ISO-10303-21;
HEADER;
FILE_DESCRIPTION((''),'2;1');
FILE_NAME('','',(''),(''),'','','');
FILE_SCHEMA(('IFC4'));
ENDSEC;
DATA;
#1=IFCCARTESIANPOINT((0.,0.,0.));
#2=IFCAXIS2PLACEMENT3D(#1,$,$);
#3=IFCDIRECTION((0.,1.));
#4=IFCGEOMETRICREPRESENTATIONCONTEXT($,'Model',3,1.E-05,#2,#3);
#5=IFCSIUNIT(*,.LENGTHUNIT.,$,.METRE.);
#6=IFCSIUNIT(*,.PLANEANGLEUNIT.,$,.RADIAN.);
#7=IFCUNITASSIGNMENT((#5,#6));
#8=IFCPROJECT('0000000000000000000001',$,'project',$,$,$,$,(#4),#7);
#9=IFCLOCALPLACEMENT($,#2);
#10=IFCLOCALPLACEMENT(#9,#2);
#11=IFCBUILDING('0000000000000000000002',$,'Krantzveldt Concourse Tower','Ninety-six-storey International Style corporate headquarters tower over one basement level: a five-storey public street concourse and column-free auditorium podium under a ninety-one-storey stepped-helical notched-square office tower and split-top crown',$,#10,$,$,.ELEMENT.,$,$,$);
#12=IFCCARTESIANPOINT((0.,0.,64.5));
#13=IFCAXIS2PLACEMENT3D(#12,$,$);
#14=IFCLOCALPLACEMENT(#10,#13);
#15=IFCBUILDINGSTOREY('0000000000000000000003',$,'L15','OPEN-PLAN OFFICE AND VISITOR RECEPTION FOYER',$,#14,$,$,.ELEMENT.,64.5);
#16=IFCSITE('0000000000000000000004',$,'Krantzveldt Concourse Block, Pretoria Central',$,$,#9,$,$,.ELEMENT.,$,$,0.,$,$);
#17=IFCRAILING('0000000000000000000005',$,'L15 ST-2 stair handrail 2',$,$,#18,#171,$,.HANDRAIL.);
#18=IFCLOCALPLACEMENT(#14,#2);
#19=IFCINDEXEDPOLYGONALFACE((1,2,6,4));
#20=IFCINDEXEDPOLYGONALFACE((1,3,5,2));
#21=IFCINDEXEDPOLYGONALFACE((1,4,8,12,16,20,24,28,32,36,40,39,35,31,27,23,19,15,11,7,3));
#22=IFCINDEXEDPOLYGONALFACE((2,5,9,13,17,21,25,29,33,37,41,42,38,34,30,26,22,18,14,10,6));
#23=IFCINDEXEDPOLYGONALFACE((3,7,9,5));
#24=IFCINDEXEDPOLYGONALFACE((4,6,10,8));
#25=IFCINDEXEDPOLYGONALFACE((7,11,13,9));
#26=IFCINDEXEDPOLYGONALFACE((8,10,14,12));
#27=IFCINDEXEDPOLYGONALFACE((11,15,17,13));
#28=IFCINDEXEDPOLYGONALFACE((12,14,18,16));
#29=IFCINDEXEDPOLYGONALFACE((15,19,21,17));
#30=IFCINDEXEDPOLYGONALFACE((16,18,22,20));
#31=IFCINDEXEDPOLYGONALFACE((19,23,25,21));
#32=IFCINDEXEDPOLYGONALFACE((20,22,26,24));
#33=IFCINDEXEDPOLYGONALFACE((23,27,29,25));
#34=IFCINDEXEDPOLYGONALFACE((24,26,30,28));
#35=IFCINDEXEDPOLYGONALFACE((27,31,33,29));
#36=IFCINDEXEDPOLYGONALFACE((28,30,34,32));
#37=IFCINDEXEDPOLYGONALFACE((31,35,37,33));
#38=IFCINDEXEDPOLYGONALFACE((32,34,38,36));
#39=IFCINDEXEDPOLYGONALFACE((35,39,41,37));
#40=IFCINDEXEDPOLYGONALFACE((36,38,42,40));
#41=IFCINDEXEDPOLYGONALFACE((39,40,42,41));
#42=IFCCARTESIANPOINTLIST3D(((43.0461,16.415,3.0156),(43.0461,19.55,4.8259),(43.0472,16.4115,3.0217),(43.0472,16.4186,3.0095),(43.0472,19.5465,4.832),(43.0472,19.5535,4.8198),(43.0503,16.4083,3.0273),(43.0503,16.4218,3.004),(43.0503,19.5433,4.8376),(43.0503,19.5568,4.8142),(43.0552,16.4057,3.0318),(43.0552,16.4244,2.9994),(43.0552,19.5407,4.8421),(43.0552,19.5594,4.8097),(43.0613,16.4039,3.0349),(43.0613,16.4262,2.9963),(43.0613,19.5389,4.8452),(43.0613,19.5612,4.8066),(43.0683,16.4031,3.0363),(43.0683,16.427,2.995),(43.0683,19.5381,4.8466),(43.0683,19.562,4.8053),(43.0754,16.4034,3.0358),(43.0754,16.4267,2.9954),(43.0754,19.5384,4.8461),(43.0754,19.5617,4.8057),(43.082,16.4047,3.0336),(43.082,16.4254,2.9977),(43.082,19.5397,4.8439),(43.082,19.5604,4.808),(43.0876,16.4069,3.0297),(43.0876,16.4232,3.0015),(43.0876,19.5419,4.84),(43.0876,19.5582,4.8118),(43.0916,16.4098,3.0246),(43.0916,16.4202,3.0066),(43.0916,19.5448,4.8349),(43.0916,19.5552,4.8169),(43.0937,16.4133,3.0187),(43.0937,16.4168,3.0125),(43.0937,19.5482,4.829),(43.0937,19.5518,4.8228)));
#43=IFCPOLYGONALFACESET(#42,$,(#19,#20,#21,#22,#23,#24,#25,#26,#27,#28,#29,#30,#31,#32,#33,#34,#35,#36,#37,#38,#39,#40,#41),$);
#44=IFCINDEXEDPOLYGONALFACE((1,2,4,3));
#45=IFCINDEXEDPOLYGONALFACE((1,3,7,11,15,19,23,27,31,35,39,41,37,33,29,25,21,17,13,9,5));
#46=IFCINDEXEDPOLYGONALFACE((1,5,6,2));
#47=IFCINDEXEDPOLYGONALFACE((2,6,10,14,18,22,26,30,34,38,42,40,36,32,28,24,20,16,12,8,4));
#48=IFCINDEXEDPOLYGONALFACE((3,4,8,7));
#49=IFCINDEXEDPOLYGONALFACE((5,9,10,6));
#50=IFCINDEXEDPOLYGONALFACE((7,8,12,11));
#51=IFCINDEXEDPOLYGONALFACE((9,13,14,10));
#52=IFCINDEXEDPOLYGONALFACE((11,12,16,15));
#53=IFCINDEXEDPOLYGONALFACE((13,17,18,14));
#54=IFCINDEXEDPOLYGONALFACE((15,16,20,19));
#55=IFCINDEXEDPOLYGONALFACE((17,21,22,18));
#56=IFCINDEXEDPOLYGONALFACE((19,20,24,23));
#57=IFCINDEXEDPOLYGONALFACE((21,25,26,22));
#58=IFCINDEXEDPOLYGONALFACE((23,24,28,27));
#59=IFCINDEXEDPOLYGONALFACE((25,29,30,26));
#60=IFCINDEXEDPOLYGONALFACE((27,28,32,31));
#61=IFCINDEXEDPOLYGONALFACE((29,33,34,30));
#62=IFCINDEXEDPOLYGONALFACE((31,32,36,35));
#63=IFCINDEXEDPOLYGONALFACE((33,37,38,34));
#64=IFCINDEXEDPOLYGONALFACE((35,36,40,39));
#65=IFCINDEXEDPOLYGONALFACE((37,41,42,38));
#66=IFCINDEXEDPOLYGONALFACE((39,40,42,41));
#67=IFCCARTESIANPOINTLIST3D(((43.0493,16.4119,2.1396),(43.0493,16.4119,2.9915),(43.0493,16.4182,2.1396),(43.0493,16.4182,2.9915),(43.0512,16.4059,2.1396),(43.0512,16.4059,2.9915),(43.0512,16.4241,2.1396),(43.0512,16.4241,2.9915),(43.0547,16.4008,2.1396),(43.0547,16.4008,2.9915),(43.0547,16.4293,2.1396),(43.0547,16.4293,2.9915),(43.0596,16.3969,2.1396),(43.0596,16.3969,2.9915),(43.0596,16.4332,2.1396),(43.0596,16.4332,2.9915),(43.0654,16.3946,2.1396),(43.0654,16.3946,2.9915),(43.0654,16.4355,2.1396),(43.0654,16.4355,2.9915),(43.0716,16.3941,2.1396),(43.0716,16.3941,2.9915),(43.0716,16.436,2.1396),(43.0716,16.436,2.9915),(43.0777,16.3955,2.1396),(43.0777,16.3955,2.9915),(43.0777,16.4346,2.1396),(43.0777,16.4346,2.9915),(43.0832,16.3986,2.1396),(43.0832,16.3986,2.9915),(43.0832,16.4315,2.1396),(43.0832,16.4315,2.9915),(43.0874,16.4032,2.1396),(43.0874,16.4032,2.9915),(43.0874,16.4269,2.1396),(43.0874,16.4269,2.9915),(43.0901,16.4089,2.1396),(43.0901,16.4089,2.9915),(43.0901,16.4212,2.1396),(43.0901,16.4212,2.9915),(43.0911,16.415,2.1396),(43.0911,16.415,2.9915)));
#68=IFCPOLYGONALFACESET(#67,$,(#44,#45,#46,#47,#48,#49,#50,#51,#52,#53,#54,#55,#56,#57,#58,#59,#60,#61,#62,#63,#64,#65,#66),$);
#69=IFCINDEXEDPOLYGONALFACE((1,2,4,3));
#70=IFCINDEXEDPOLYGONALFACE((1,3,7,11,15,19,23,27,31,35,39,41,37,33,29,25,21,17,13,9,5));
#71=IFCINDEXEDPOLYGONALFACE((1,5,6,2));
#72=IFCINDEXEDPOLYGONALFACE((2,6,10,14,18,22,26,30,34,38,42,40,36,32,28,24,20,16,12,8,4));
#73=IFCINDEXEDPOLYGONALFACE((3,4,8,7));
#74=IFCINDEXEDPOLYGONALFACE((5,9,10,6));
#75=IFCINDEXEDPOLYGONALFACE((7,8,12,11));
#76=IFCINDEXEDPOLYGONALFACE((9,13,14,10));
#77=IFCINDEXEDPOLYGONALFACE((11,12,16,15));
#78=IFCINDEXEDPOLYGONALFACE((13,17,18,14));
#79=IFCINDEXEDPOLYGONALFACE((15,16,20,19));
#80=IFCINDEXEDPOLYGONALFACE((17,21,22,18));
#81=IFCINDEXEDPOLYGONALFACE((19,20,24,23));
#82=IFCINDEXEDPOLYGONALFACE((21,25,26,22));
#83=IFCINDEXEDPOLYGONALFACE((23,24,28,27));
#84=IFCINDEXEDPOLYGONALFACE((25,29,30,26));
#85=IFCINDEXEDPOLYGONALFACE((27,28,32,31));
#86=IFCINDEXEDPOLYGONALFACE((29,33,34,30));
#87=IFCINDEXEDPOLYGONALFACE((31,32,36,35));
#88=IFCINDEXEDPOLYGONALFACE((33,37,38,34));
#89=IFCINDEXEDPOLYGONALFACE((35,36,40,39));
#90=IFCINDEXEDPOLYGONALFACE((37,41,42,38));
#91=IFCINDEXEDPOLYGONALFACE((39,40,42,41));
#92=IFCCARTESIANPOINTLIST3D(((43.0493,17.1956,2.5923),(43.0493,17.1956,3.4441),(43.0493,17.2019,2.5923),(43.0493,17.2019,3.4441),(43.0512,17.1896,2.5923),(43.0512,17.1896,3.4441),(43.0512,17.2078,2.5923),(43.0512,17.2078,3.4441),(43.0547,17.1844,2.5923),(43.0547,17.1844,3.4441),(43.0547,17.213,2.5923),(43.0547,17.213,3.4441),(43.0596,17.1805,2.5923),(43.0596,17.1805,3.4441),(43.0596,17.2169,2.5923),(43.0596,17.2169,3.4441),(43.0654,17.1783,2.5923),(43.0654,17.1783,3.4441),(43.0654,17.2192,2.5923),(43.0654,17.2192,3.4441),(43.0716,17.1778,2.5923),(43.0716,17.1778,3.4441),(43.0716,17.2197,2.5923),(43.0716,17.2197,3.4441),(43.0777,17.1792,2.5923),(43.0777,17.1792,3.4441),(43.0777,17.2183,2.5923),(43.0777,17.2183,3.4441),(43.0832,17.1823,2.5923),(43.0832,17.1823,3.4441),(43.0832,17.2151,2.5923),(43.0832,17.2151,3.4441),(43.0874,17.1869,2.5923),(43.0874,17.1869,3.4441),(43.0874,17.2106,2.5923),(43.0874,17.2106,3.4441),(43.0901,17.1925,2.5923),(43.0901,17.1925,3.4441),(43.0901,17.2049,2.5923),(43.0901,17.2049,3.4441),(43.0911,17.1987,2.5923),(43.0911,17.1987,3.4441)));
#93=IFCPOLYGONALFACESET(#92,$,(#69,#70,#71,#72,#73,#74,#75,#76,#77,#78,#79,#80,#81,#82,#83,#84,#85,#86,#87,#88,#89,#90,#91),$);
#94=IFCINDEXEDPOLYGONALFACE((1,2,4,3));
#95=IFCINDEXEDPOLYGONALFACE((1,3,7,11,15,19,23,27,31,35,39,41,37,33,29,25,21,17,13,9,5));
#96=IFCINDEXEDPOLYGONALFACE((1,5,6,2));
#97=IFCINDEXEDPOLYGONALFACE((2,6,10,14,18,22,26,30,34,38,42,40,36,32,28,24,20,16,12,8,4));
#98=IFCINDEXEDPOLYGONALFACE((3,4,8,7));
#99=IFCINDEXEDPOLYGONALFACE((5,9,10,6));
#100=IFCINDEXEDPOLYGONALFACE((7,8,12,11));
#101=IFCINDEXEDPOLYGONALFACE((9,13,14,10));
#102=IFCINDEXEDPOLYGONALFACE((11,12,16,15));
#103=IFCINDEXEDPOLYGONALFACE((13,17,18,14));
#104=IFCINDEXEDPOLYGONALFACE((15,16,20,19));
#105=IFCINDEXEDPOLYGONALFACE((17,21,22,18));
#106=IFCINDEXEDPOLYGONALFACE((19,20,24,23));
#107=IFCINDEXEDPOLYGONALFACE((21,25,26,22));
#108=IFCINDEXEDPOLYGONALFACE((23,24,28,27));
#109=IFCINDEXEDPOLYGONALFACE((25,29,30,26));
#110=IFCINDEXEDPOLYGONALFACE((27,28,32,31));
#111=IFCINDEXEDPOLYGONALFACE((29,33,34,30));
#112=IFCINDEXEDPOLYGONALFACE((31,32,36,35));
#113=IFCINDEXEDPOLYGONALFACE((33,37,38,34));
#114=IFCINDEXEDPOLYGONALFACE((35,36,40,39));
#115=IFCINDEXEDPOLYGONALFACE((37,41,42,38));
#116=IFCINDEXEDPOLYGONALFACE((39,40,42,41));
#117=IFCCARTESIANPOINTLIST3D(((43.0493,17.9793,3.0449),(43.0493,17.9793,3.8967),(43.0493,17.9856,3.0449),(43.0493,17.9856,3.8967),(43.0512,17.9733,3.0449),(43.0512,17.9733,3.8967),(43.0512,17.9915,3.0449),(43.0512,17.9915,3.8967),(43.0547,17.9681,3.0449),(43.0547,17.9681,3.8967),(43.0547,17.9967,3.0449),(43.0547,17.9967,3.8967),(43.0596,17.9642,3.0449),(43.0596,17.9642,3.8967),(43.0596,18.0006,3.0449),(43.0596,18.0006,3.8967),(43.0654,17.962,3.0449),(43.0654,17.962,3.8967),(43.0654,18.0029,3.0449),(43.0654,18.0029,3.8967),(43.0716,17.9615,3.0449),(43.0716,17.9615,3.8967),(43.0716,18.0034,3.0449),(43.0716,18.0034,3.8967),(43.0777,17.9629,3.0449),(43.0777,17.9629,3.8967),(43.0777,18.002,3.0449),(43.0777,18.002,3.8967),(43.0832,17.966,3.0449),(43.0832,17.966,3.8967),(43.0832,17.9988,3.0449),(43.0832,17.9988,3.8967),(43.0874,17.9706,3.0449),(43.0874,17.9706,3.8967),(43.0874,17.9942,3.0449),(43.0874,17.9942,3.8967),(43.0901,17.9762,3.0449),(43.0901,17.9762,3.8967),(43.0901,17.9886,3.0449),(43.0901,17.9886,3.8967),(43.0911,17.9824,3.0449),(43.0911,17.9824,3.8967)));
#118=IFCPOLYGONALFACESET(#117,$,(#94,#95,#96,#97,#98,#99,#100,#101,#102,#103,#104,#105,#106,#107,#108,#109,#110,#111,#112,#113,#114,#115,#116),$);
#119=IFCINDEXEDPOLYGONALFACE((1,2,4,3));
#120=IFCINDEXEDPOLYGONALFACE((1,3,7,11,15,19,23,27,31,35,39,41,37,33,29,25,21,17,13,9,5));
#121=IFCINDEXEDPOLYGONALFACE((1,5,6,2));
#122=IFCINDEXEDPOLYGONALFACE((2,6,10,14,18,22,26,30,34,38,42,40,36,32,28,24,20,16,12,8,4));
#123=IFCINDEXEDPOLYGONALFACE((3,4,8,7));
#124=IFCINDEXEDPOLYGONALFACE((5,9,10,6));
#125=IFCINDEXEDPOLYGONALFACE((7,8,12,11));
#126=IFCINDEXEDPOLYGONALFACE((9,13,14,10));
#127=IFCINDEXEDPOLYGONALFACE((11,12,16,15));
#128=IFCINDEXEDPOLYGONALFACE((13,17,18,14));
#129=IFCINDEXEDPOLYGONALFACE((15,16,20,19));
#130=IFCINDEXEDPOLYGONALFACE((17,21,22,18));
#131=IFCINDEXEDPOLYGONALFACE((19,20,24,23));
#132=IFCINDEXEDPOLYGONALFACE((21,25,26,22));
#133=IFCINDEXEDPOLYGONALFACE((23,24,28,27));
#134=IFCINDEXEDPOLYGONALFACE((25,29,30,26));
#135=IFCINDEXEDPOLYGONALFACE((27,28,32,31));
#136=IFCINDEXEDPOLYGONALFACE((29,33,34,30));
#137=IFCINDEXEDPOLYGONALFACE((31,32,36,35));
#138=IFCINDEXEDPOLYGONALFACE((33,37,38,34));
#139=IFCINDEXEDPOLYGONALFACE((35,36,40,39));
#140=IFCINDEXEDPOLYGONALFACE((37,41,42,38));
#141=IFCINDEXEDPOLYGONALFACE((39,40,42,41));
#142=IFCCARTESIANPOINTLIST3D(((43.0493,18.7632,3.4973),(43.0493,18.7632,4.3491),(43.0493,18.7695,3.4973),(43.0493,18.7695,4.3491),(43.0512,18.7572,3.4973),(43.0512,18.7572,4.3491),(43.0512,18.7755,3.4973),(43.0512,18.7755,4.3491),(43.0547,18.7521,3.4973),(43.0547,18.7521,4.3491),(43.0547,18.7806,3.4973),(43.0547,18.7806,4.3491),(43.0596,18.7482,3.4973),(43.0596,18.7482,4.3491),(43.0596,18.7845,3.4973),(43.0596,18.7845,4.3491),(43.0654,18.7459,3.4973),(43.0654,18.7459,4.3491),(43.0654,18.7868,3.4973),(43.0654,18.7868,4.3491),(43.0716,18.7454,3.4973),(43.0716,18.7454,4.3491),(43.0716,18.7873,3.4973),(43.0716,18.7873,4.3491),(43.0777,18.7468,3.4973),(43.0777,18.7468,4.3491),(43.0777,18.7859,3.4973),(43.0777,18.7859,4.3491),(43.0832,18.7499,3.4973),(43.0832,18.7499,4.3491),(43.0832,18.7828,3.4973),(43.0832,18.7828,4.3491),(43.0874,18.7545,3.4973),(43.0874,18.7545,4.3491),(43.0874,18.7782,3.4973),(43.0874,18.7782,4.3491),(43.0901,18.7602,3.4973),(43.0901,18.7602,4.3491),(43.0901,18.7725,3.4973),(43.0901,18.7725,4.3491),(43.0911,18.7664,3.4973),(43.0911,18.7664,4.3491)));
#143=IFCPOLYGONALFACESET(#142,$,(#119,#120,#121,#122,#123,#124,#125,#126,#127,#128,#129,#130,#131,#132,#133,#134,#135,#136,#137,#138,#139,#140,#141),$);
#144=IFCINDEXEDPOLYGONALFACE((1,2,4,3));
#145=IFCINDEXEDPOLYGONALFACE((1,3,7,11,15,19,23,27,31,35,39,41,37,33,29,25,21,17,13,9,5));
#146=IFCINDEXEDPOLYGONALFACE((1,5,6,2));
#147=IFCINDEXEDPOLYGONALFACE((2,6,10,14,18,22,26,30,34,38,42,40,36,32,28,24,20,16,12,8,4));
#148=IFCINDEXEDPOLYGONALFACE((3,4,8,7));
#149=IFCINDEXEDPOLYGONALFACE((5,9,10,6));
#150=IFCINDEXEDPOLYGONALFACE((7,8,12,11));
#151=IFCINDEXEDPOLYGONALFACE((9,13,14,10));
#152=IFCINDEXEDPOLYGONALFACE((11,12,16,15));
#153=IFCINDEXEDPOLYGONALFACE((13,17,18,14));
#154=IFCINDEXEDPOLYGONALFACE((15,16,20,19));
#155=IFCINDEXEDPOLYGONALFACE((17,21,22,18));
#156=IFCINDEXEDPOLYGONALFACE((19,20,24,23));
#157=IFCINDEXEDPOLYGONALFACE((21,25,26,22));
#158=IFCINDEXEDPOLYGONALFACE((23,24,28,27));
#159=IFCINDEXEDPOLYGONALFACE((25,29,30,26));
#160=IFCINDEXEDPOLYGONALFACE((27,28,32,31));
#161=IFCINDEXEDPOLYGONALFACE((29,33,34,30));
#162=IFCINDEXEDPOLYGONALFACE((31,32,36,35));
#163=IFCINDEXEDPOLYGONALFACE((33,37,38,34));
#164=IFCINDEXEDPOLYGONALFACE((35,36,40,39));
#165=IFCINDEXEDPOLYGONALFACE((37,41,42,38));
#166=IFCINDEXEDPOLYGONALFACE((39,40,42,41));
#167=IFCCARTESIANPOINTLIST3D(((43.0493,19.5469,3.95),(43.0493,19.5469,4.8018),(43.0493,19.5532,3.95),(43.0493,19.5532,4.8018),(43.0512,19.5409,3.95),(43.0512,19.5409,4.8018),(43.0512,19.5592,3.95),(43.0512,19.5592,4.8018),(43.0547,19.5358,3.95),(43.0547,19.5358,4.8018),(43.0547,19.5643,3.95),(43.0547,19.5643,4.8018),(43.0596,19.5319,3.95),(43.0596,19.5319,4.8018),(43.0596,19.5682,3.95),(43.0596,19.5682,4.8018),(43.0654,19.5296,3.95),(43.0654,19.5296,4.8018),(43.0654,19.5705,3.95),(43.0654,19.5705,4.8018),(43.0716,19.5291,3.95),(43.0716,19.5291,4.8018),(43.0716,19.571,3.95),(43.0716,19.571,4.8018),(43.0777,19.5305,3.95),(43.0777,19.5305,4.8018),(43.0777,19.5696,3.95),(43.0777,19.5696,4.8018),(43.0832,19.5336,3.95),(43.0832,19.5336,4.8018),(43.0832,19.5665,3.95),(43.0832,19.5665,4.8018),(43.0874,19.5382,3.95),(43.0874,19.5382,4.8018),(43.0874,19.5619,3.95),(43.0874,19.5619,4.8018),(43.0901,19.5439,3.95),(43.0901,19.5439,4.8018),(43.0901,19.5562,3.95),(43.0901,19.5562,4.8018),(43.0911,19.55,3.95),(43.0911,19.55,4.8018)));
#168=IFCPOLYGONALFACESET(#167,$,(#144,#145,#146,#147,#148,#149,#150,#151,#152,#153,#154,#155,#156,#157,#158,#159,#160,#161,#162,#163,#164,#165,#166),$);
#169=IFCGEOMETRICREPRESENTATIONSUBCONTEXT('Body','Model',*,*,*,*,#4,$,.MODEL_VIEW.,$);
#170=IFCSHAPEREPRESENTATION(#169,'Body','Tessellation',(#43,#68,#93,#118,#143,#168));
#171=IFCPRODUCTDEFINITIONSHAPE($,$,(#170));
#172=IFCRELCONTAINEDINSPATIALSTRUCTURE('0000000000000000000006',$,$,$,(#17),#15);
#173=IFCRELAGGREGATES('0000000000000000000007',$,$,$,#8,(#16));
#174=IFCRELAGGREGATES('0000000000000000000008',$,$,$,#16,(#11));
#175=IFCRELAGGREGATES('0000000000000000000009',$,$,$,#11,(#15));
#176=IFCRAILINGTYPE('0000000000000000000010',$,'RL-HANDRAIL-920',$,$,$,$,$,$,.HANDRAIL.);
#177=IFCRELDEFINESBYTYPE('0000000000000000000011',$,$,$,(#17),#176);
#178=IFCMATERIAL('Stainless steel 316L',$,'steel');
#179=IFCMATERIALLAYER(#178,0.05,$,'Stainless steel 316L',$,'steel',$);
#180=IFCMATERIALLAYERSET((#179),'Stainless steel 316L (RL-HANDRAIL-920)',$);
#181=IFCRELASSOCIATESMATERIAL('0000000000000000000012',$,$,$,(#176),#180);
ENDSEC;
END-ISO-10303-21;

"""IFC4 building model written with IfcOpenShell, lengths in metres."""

from ifc_helpers import new_model, si_unit, direction, frame, origin, origin_2d, place, context, subcontext, project, spatial, circle, extrude, material, layer, layer_set, type_object, element, save


model = new_model("IFC4")

# Units and contexts
model_context = context("Model", 3, precision=1e-05, world=origin(), true_north=direction((0.0, 1.0)))
body_context = subcontext(model_context, "Body", "Model", "MODEL_VIEW")
ifc_project = project(units=[si_unit("LENGTHUNIT", "METRE"), si_unit("PLANEANGLEUNIT", "RADIAN")], contexts=[model_context])

# Site, building, storey
site_placement = place(None, origin())
site = spatial("IfcSite", under=ifc_project, at=site_placement, Name="Krantzveldt Concourse Block, Pretoria Central", CompositionType="ELEMENT", RefElevation=0.0)
building_placement = place(site_placement, origin())
building = spatial("IfcBuilding", under=site, at=building_placement, Name="Krantzveldt Concourse Tower", Description="Ninety-six-storey International Style corporate headquarters tower over one basement level: a five-storey public street concourse and column-free auditorium podium under a ninety-one-storey stepped-helical notched-square office tower and split-top crown", CompositionType="ELEMENT")
storey_placement = place(building_placement, frame((0.0, 0.0, 64.5)))
storey = spatial("IfcBuildingStorey", under=building, at=storey_placement, Name="L15", Description="OPEN-PLAN OFFICE AND VISITOR RECEPTION FOYER", CompositionType="ELEMENT", Elevation=64.5)

# Shared definitions
ifc_material_1 = material(Name="Stainless steel 316L", Category="steel")

# Railing
ifc_layer_1 = layer(ifc_material_1, 0.05, Name="Stainless steel 316L", Category="steel")
ifc_layer_set_1 = layer_set([ifc_layer_1], Name="Stainless steel 316L (RL-HANDRAIL-920)")
railing_type_1 = type_object("IfcRailingType", Name="RL-HANDRAIL-920", PredefinedType="HANDRAIL", material=ifc_layer_set_1)
railing_1_placement = place(storey_placement, frame((43.0701, 16.415, 2.1396)))
element("IfcRailing", 1, at=railing_1_placement, inside=storey, type_object=railing_type_1, Name="L15 ST-2 stair handrail 2", PredefinedType="HANDRAIL", context=body_context, shape_type="SweptSolid", body=[
    extrude(circle(Radius=0.0239, at=origin_2d()), frame((0.0, 0.0, 0.876), z_axis=(0.0, 0.865989, 0.500063), x_axis=(-1.0, 0.0, 0.0)), (0.0, 0.0, 1.0), 3.6201),
    extrude(circle(Radius=0.021, at=origin_2d()), origin(), (0.0, 0.0, 1.0), 0.8518),
    extrude(circle(Radius=0.021, at=origin_2d()), frame((0.0, 0.7837, 0.4526)), (0.0, 0.0, 1.0), 0.8518),
    extrude(circle(Radius=0.021, at=origin_2d()), frame((0.0, 1.5674, 0.9053)), (0.0, 0.0, 1.0), 0.8518),
    extrude(circle(Radius=0.021, at=origin_2d()), frame((0.0, 2.3513, 1.3577)), (0.0, 0.0, 1.0), 0.8518),
    extrude(circle(Radius=0.021, at=origin_2d()), frame((0.0, 3.135, 1.8103)), (0.0, 0.0, 1.0), 0.8518),
])

save(model, "model.ifc")
